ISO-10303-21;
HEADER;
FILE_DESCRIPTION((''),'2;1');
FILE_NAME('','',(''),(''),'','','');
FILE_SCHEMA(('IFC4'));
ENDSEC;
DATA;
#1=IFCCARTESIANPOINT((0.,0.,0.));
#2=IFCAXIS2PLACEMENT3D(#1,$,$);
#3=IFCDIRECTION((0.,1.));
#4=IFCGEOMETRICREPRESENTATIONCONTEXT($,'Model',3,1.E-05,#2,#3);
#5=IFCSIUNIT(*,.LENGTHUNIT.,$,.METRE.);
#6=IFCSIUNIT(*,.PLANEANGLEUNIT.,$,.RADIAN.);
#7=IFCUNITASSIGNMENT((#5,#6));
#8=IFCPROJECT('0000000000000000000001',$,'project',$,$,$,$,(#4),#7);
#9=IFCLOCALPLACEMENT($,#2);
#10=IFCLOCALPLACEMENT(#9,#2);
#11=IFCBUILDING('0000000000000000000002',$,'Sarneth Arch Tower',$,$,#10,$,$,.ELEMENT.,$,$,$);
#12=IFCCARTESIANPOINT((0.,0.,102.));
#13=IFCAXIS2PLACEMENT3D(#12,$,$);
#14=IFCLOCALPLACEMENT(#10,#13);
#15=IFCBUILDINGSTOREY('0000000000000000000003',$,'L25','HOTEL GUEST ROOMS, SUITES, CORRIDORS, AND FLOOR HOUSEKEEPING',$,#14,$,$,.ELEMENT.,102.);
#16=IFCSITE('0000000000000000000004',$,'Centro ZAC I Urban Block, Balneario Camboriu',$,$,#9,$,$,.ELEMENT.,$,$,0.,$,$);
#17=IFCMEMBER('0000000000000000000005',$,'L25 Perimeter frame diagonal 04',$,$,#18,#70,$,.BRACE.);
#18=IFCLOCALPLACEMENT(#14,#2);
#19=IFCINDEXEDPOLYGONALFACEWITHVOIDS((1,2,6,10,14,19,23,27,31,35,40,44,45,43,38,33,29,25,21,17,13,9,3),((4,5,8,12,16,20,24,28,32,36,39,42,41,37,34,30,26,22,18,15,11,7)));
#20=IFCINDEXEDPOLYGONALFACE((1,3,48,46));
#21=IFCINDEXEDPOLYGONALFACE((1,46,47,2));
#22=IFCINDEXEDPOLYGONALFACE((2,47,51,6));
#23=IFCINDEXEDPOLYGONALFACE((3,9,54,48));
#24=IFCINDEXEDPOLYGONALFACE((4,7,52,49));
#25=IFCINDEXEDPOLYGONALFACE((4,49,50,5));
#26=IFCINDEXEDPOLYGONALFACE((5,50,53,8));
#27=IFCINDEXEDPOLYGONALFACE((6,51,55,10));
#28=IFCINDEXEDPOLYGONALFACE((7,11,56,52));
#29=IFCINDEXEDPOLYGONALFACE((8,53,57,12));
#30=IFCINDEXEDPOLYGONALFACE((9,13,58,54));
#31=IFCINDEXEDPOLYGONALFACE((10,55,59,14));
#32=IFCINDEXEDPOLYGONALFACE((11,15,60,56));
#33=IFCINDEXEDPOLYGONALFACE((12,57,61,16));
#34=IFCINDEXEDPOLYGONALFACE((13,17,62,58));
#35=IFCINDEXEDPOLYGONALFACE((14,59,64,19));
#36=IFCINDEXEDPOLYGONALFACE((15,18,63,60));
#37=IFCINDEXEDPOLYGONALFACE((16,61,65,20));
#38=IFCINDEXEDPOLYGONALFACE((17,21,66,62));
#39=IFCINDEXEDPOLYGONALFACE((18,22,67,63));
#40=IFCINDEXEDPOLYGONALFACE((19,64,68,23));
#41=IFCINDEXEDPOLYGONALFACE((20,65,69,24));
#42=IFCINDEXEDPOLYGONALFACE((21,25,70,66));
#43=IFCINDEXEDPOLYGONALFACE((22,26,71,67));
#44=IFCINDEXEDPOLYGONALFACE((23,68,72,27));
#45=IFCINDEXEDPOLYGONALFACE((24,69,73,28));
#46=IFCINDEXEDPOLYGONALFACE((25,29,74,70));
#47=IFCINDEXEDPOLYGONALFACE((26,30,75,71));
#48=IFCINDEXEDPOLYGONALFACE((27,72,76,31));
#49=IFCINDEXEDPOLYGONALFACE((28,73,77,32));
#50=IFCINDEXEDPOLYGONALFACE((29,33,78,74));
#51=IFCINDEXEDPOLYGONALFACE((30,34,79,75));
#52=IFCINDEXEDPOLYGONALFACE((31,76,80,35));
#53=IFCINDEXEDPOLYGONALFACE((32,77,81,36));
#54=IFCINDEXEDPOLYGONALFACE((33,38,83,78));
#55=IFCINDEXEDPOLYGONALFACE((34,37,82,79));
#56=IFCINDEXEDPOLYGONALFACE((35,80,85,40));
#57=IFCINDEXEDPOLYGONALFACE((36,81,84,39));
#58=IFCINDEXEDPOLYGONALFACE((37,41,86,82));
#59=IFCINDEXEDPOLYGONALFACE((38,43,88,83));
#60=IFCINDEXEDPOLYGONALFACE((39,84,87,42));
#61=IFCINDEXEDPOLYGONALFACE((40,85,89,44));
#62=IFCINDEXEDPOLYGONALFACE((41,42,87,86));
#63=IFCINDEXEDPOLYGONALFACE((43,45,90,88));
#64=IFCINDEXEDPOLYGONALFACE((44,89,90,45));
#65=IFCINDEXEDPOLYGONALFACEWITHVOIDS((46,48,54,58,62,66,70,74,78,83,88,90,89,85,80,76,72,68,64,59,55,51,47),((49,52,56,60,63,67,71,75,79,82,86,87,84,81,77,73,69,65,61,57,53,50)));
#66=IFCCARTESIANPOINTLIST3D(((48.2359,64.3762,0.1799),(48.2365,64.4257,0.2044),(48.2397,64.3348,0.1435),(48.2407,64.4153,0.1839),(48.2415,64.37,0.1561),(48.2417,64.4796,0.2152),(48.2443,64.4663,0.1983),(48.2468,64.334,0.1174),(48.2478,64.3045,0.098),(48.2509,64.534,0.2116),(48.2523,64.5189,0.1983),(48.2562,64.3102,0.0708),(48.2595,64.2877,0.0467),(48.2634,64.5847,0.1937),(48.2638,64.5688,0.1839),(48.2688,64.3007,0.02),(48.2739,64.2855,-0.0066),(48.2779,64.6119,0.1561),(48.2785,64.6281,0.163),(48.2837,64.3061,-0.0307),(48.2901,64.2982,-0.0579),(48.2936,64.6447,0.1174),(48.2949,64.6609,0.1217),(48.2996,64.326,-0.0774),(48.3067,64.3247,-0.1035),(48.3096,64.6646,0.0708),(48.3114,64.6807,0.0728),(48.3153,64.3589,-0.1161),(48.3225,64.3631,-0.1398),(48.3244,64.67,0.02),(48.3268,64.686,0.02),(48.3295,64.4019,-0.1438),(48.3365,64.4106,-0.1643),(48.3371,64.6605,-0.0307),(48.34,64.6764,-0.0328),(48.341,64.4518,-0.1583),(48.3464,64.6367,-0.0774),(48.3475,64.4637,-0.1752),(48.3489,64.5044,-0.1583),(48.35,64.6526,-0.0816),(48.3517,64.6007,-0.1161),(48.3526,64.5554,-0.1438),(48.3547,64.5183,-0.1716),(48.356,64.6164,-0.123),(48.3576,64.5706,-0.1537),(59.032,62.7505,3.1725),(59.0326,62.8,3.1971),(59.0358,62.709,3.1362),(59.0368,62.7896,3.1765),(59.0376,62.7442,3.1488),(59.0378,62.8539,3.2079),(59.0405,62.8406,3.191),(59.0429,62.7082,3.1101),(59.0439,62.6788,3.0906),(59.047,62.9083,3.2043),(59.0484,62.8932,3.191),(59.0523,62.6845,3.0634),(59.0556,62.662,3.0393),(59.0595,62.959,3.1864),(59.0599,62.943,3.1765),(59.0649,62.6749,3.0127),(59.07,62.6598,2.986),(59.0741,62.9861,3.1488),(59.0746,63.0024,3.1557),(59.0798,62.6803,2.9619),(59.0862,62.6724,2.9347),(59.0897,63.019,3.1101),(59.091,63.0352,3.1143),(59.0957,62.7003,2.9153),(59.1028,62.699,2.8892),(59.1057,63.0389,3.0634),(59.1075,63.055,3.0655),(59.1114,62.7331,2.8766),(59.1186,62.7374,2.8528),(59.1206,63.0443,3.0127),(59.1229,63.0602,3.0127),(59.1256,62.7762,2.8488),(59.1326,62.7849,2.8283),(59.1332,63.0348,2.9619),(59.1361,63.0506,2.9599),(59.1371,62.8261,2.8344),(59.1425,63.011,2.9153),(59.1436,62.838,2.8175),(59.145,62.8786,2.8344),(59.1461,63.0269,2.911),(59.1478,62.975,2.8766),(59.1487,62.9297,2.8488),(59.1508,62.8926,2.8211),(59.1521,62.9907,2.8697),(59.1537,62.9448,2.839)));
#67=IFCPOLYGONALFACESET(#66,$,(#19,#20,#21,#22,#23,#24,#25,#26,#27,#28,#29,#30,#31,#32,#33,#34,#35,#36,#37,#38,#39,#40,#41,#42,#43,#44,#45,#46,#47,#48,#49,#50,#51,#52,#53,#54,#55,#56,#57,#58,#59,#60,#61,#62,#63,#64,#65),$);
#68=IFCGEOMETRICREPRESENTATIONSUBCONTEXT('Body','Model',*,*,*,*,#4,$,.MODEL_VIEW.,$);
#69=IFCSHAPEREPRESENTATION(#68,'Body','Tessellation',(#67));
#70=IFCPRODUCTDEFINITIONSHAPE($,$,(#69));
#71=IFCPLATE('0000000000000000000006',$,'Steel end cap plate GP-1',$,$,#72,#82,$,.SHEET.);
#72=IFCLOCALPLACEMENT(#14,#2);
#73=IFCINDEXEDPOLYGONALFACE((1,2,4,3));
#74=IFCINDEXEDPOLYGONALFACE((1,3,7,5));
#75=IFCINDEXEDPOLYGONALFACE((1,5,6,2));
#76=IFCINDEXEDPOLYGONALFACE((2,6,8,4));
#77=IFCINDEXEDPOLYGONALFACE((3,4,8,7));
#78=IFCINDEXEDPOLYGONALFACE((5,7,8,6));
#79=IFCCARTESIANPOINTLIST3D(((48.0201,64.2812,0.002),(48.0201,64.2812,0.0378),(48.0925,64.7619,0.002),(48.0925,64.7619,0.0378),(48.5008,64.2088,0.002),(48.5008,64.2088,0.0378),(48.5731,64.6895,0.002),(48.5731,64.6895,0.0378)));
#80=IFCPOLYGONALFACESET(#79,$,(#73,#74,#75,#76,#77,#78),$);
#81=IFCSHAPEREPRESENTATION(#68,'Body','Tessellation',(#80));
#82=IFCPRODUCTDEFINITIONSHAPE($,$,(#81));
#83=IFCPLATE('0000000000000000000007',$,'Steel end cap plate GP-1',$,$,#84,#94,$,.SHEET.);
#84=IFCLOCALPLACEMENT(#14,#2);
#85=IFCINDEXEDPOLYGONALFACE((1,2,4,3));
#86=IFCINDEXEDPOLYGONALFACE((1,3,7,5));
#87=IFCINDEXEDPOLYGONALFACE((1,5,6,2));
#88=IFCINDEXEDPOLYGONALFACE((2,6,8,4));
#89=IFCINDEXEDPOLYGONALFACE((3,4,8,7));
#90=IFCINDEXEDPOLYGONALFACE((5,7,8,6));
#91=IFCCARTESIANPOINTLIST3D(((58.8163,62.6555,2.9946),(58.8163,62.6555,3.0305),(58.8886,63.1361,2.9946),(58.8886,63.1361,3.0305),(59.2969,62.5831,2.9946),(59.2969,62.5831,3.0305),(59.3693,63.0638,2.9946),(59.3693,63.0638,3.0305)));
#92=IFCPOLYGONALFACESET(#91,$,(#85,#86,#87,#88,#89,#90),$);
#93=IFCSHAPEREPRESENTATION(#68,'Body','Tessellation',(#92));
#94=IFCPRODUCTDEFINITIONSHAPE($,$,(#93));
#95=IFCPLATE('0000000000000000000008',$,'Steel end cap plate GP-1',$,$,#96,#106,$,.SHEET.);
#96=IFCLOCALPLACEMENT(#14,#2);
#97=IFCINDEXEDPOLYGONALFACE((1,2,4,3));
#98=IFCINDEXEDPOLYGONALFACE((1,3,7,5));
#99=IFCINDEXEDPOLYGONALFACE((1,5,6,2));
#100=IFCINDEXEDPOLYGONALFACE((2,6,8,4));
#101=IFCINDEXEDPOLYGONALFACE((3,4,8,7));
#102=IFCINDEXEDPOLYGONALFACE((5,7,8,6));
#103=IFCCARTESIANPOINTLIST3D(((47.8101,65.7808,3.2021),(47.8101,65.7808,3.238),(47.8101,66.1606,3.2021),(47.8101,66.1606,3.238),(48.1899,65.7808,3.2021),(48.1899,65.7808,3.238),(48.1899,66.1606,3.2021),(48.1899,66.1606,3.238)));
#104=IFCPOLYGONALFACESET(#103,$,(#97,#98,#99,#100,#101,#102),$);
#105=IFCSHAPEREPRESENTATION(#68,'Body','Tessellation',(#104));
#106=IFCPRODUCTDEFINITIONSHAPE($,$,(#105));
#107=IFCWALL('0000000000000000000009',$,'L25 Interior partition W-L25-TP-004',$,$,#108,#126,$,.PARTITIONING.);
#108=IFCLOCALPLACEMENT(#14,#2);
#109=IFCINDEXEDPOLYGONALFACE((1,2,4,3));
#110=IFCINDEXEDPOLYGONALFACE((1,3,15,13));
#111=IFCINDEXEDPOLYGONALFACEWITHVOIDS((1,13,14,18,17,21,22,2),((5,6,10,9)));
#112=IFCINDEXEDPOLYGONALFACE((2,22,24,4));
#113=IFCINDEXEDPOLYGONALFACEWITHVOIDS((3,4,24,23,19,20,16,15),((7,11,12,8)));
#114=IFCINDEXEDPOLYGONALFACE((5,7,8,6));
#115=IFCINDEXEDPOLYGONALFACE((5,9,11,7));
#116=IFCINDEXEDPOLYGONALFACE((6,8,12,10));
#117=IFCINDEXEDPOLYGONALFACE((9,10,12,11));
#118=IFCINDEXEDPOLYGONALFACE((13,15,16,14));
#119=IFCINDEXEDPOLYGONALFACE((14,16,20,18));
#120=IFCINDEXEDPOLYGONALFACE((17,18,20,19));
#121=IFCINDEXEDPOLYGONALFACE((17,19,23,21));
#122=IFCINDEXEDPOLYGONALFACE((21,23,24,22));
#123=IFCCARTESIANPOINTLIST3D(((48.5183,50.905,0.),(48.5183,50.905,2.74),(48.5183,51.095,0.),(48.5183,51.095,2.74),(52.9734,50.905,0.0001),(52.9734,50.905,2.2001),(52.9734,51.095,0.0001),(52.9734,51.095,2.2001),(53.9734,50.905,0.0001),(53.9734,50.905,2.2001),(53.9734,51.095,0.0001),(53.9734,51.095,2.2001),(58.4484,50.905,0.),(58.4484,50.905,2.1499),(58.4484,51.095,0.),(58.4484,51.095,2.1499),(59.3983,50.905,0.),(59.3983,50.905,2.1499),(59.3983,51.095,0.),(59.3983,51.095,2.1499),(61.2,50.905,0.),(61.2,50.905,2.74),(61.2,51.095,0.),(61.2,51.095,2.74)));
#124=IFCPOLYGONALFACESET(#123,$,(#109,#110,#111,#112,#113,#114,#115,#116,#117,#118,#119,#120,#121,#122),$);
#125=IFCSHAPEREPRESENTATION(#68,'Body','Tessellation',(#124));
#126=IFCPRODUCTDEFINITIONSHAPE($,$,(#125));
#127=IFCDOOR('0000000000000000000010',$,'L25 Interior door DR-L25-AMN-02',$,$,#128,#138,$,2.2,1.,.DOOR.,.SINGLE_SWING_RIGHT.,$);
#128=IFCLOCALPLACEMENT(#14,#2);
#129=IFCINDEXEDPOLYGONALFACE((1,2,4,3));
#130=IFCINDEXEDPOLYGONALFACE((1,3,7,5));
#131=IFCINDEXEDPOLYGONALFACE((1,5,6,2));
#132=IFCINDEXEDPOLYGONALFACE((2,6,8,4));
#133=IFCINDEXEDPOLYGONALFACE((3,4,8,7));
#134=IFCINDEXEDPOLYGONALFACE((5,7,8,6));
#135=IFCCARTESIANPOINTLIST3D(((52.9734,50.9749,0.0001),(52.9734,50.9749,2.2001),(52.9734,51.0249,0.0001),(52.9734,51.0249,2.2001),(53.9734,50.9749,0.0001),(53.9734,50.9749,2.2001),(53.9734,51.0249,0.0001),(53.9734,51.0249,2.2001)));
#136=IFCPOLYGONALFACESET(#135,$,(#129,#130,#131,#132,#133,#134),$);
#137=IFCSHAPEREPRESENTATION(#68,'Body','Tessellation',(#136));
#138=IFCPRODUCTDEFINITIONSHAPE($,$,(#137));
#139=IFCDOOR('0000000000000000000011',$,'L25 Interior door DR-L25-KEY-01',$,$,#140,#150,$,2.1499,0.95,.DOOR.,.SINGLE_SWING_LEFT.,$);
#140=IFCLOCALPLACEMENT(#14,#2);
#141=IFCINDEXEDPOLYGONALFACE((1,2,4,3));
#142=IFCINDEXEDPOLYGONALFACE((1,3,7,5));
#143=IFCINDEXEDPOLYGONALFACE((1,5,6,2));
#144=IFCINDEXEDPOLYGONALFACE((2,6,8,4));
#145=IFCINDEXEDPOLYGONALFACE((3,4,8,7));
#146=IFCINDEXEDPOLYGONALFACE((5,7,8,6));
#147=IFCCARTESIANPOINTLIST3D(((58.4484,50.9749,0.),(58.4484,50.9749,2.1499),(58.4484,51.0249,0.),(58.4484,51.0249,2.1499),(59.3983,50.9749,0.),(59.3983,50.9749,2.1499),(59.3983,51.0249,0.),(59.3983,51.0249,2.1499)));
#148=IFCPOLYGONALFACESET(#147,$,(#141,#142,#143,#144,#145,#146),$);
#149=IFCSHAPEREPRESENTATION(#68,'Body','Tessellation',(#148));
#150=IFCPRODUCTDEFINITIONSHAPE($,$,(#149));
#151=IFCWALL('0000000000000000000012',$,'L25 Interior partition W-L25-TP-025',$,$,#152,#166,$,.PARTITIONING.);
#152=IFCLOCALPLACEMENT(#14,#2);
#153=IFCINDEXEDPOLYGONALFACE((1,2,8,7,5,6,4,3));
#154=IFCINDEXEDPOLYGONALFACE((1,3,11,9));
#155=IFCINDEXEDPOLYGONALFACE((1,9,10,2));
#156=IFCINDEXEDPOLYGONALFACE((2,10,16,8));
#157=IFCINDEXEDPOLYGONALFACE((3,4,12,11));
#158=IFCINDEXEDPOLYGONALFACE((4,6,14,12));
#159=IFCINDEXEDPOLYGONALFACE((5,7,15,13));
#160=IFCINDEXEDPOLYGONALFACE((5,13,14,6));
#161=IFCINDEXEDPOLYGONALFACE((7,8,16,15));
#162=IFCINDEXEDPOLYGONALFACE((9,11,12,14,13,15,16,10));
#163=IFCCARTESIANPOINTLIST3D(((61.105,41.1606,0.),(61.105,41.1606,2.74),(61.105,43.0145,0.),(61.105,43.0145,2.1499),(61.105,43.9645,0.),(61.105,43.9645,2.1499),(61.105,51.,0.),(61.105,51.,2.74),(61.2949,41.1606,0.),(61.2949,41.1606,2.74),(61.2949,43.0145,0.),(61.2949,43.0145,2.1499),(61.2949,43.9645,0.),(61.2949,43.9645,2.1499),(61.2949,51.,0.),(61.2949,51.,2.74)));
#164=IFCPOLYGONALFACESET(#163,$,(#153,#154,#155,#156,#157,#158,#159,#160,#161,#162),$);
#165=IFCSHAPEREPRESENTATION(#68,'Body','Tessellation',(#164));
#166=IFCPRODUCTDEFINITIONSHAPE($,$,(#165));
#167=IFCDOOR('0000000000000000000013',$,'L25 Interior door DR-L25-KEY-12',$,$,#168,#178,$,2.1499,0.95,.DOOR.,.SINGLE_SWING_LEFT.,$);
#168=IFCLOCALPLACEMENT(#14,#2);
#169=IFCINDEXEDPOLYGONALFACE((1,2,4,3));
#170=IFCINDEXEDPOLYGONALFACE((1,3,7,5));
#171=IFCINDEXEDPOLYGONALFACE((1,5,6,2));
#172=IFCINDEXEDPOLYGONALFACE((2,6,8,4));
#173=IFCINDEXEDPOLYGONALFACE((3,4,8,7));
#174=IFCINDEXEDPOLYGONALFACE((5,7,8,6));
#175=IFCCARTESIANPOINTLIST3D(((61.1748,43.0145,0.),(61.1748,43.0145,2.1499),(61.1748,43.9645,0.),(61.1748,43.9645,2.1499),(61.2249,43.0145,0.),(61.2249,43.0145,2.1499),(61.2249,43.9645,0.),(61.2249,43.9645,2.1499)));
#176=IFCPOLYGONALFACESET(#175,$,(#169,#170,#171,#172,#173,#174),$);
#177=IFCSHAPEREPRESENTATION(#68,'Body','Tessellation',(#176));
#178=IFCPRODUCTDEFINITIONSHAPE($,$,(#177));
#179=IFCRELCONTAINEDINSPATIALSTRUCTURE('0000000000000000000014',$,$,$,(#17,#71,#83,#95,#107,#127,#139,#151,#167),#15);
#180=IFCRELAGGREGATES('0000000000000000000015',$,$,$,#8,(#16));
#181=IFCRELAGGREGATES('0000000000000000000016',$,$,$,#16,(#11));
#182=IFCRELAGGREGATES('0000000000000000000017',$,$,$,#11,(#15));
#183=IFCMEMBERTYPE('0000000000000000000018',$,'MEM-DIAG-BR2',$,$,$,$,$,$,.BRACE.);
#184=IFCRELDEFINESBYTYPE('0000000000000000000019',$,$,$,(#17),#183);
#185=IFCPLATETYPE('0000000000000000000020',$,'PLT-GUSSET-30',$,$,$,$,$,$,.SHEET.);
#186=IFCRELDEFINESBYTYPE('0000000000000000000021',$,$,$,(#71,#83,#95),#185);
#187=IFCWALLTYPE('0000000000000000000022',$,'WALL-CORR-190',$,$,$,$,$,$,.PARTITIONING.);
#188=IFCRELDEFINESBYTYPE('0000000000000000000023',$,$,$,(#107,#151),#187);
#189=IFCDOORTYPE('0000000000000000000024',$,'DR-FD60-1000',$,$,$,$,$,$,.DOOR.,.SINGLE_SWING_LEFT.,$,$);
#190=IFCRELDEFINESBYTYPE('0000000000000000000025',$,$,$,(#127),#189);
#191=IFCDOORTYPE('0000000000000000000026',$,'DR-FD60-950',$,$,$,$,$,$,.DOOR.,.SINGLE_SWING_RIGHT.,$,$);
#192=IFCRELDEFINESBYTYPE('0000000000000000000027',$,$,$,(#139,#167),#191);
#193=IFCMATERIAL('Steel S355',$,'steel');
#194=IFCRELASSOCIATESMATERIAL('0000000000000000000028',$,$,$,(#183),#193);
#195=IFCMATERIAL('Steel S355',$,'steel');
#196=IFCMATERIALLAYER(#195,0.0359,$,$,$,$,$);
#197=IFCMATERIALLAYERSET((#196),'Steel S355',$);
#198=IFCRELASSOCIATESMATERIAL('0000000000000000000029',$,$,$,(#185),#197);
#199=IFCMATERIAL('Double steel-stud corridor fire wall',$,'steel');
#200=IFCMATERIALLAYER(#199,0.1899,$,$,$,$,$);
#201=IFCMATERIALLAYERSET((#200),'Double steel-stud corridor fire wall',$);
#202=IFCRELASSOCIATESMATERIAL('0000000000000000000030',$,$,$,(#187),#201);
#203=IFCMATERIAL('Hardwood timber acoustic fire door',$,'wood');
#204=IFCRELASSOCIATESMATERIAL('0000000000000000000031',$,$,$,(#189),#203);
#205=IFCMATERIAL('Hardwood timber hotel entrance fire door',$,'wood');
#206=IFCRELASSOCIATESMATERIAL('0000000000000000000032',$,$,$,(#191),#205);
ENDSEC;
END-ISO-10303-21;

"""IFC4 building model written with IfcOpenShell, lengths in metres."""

from ifc_helpers import new_model, si_unit, direction, frame, frame_2d, origin, origin_2d, place, context, subcontext, project, spatial, rectangle, hollow_circle, extrude, material, layer, layer_set, material_profile, profile_set, type_object, element, fill, save


model = new_model("IFC4")

# Units and contexts
model_context = context("Model", 3, precision=1e-05, world=origin(), true_north=direction((0.0, 1.0)))
body_context = subcontext(model_context, "Body", "Model", "MODEL_VIEW")
ifc_project = project(units=[si_unit("LENGTHUNIT", "METRE"), si_unit("PLANEANGLEUNIT", "RADIAN")], contexts=[model_context])

# Site, building, storey
site_placement = place(None, origin())
site = spatial("IfcSite", under=ifc_project, at=site_placement, Name="Centro ZAC I Urban Block, Balneario Camboriu", CompositionType="ELEMENT", RefElevation=0.0)
building_placement = place(site_placement, origin())
building = spatial("IfcBuilding", under=site, at=building_placement, Name="Sarneth Arch Tower", CompositionType="ELEMENT")
storey_placement = place(building_placement, frame((0.0, 0.0, 102.0)))
storey = spatial("IfcBuildingStorey", under=building, at=storey_placement, Name="L25", Description="HOTEL GUEST ROOMS, SUITES, CORRIDORS, AND FLOOR HOUSEKEEPING", CompositionType="ELEMENT", Elevation=102.0)

# Member
ifc_material_1 = material(Name="Steel S355", Category="steel")
ifc_material_profile_1 = material_profile(ifc_material_1, hollow_circle(Radius=0.2029, WallThickness=0.0161, at=origin_2d()), Name="CHS406x16")
ifc_profile_set_1 = profile_set([ifc_material_profile_1], Name="Steel S355")
member_type_1 = type_object("IfcMemberType", Name="MEM-DIAG-BR2", PredefinedType="BRACE", material=ifc_profile_set_1)
member_1_placement = place(storey_placement, frame((48.2966, 64.4854, 0.02), z_axis=(0.953673, -0.143608, 0.264357), x_axis=(0.148906, 0.988851, 0.0)))
element("IfcMember", 1, at=member_1_placement, inside=storey, type_object=member_type_1, Name="L25 Perimeter frame diagonal 04", PredefinedType="BRACE", context=body_context, shape_type="SweptSolid", body=[
    extrude(hollow_circle(Radius=0.2029, WallThickness=0.0161, at=origin_2d()), origin(), (0.0, 0.0, 1.0), 11.3206),
])

# Plates
ifc_material_2 = material(Name="Steel S355", Category="steel")
ifc_layer_1 = layer(ifc_material_2, 0.0359)
ifc_layer_set_1 = layer_set([ifc_layer_1], Name="Steel S355")
plate_type = type_object("IfcPlateType", Name="PLT-GUSSET-30", PredefinedType="SHEET", material=ifc_layer_set_1)
for number, where, z_axis, x_axis, name in (
    (2, (48.2966, 64.4854, 0.002), (0.0, 0.0, 1.0), (-0.988861, 0.148845, 0.0), "Steel end cap plate GP-1"),
    (3, (59.0928, 62.8596, 2.9946), (0.0, 0.0, 1.0), (-0.988861, 0.148845, 0.0), "Steel end cap plate GP-1"),
):
    element("IfcPlate", number, at=place(storey_placement, frame(where, z_axis=z_axis, x_axis=x_axis)), inside=storey, type_object=plate_type, Name=name, PredefinedType="SHEET", context=body_context, shape_type="SweptSolid", body=[
        extrude(rectangle(XDim=0.4861, YDim=0.4861, at=origin_2d()), origin(), (0.0, 0.0, 1.0), 0.0359),
    ])
plate_placement = place(storey_placement, frame((48.0, 65.9707, 3.2021), z_axis=(0.0, 0.0, 1.0), x_axis=(0.0, 1.0, 0.0)))
element("IfcPlate", 4, at=plate_placement, inside=storey, type_object=plate_type, Name="Steel end cap plate GP-1", PredefinedType="SHEET", context=body_context, shape_type="SweptSolid", body=[
    extrude(rectangle(XDim=0.3799, YDim=0.3799, at=origin_2d()), origin(), (0.0, 0.0, 1.0), 0.0359),
])

# Wall, openings, doors
ifc_material_3 = material(Name="Double steel-stud corridor fire wall", Category="steel")
ifc_layer_2 = layer(ifc_material_3, 0.1899)
ifc_layer_set_2 = layer_set([ifc_layer_2], Name="Double steel-stud corridor fire wall")
wall_type_1 = type_object("IfcWallType", Name="WALL-CORR-190", PredefinedType="PARTITIONING", material=ifc_layer_set_2)
wall_1_placement = place(storey_placement, frame((48.5183, 51.0, 0.0), z_axis=(0.0, 0.0, 1.0), x_axis=(1.0, 0.0, 0.0)))
wall_1 = element("IfcWall", 5, at=wall_1_placement, inside=storey, type_object=wall_type_1, Name="L25 Interior partition W-L25-TP-004", PredefinedType="PARTITIONING", context=body_context, shape_type="SweptSolid", body=[
    extrude(rectangle(XDim=12.6816, YDim=0.1899, at=frame_2d((6.3408, 0.0))), origin(), (0.0, 0.0, 1.0), 2.74),
])
opening_1_placement = place(wall_1_placement, frame((4.4551, 0.0, 0.0)))
opening_1 = element("IfcOpeningElement", 6, at=opening_1_placement, cuts=wall_1, PredefinedType="OPENING", context=body_context, shape_type="SweptSolid", body=[
    extrude(rectangle(XDim=1.0, YDim=2.2, at=frame_2d((0.5, 1.1001))), frame((0.0, 0.105, 0.0), z_axis=(0.0, -1.0, 0.0), x_axis=(1.0, 0.0, 0.0)), (0.0, 0.0, 1.0), 0.21),
])
opening_2_placement = place(wall_1_placement, frame((9.9299, 0.0, 0.0)))
opening_2 = element("IfcOpeningElement", 7, at=opening_2_placement, cuts=wall_1, PredefinedType="OPENING", context=body_context, shape_type="SweptSolid", body=[
    extrude(rectangle(XDim=0.95, YDim=2.1499, at=frame_2d((0.4751, 1.075))), frame((0.0, 0.105, 0.0), z_axis=(0.0, -1.0, 0.0), x_axis=(1.0, 0.0, 0.0)), (0.0, 0.0, 1.0), 0.21),
])
ifc_material_4 = material(Name="Hardwood timber acoustic fire door", Category="wood")
door_type_1 = type_object("IfcDoorType", Name="DR-FD60-1000", OperationType="SINGLE_SWING_LEFT", PredefinedType="DOOR", material=ifc_material_4)
door_1_placement = place(opening_1_placement, origin())
door_1 = element("IfcDoor", 8, at=door_1_placement, inside=storey, type_object=door_type_1, Name="L25 Interior door DR-L25-AMN-02", OperationType="SINGLE_SWING_RIGHT", OverallHeight=2.2, OverallWidth=1.0, PredefinedType="DOOR", context=body_context, shape_type="SweptSolid", body=[
    extrude(rectangle(XDim=1.0, YDim=2.2, at=frame_2d((0.5, 1.1001))), frame((0.0, 0.0249, 0.0), z_axis=(0.0, -1.0, 0.0), x_axis=(1.0, 0.0, 0.0)), (0.0, 0.0, 1.0), 0.05),
])
fill(opening_1, door_1)
ifc_material_5 = material(Name="Hardwood timber hotel entrance fire door", Category="wood")
door_type_2 = type_object("IfcDoorType", Name="DR-FD60-950", OperationType="SINGLE_SWING_RIGHT", PredefinedType="DOOR", material=ifc_material_5)
door_2_placement = place(opening_2_placement, origin())
door_2 = element("IfcDoor", 9, at=door_2_placement, inside=storey, type_object=door_type_2, Name="L25 Interior door DR-L25-KEY-01", OperationType="SINGLE_SWING_LEFT", OverallHeight=2.1499, OverallWidth=0.95, PredefinedType="DOOR", context=body_context, shape_type="SweptSolid", body=[
    extrude(rectangle(XDim=0.95, YDim=2.1499, at=frame_2d((0.4751, 1.075))), frame((0.0, 0.0249, 0.0), z_axis=(0.0, -1.0, 0.0), x_axis=(1.0, 0.0, 0.0)), (0.0, 0.0, 1.0), 0.05),
])
fill(opening_2, door_2)

# Wall, opening, door
wall_2_placement = place(storey_placement, frame((61.2, 51.0, 0.0), z_axis=(0.0, 0.0, 1.0), x_axis=(0.0, -1.0, 0.0)))
wall_2 = element("IfcWall", 10, at=wall_2_placement, inside=storey, type_object=wall_type_1, Name="L25 Interior partition W-L25-TP-025", PredefinedType="PARTITIONING", context=body_context, shape_type="SweptSolid", body=[
    extrude(rectangle(XDim=9.8394, YDim=0.1899, at=frame_2d((4.9197, 0.0))), origin(), (0.0, 0.0, 1.0), 2.74),
])
opening_3_placement = place(wall_2_placement, frame((7.0354, 0.0, 0.0)))
opening_3 = element("IfcOpeningElement", 11, at=opening_3_placement, cuts=wall_2, PredefinedType="OPENING", context=body_context, shape_type="SweptSolid", body=[
    extrude(rectangle(XDim=0.95, YDim=2.1499, at=frame_2d((0.4751, 1.075))), frame((0.0, 0.105, 0.0), z_axis=(0.0, -1.0, 0.0), x_axis=(1.0, 0.0, 0.0)), (0.0, 0.0, 1.0), 0.21),
])
door_3_placement = place(opening_3_placement, origin())
door_3 = element("IfcDoor", 12, at=door_3_placement, inside=storey, type_object=door_type_2, Name="L25 Interior door DR-L25-KEY-12", OperationType="SINGLE_SWING_LEFT", OverallHeight=2.1499, OverallWidth=0.95, PredefinedType="DOOR", context=body_context, shape_type="SweptSolid", body=[
    extrude(rectangle(XDim=0.95, YDim=2.1499, at=frame_2d((0.4751, 1.075))), frame((0.0, 0.0249, 0.0), z_axis=(0.0, -1.0, 0.0), x_axis=(1.0, 0.0, 0.0)), (0.0, 0.0, 1.0), 0.05),
])
fill(opening_3, door_3)

save(model, "model.ifc")
